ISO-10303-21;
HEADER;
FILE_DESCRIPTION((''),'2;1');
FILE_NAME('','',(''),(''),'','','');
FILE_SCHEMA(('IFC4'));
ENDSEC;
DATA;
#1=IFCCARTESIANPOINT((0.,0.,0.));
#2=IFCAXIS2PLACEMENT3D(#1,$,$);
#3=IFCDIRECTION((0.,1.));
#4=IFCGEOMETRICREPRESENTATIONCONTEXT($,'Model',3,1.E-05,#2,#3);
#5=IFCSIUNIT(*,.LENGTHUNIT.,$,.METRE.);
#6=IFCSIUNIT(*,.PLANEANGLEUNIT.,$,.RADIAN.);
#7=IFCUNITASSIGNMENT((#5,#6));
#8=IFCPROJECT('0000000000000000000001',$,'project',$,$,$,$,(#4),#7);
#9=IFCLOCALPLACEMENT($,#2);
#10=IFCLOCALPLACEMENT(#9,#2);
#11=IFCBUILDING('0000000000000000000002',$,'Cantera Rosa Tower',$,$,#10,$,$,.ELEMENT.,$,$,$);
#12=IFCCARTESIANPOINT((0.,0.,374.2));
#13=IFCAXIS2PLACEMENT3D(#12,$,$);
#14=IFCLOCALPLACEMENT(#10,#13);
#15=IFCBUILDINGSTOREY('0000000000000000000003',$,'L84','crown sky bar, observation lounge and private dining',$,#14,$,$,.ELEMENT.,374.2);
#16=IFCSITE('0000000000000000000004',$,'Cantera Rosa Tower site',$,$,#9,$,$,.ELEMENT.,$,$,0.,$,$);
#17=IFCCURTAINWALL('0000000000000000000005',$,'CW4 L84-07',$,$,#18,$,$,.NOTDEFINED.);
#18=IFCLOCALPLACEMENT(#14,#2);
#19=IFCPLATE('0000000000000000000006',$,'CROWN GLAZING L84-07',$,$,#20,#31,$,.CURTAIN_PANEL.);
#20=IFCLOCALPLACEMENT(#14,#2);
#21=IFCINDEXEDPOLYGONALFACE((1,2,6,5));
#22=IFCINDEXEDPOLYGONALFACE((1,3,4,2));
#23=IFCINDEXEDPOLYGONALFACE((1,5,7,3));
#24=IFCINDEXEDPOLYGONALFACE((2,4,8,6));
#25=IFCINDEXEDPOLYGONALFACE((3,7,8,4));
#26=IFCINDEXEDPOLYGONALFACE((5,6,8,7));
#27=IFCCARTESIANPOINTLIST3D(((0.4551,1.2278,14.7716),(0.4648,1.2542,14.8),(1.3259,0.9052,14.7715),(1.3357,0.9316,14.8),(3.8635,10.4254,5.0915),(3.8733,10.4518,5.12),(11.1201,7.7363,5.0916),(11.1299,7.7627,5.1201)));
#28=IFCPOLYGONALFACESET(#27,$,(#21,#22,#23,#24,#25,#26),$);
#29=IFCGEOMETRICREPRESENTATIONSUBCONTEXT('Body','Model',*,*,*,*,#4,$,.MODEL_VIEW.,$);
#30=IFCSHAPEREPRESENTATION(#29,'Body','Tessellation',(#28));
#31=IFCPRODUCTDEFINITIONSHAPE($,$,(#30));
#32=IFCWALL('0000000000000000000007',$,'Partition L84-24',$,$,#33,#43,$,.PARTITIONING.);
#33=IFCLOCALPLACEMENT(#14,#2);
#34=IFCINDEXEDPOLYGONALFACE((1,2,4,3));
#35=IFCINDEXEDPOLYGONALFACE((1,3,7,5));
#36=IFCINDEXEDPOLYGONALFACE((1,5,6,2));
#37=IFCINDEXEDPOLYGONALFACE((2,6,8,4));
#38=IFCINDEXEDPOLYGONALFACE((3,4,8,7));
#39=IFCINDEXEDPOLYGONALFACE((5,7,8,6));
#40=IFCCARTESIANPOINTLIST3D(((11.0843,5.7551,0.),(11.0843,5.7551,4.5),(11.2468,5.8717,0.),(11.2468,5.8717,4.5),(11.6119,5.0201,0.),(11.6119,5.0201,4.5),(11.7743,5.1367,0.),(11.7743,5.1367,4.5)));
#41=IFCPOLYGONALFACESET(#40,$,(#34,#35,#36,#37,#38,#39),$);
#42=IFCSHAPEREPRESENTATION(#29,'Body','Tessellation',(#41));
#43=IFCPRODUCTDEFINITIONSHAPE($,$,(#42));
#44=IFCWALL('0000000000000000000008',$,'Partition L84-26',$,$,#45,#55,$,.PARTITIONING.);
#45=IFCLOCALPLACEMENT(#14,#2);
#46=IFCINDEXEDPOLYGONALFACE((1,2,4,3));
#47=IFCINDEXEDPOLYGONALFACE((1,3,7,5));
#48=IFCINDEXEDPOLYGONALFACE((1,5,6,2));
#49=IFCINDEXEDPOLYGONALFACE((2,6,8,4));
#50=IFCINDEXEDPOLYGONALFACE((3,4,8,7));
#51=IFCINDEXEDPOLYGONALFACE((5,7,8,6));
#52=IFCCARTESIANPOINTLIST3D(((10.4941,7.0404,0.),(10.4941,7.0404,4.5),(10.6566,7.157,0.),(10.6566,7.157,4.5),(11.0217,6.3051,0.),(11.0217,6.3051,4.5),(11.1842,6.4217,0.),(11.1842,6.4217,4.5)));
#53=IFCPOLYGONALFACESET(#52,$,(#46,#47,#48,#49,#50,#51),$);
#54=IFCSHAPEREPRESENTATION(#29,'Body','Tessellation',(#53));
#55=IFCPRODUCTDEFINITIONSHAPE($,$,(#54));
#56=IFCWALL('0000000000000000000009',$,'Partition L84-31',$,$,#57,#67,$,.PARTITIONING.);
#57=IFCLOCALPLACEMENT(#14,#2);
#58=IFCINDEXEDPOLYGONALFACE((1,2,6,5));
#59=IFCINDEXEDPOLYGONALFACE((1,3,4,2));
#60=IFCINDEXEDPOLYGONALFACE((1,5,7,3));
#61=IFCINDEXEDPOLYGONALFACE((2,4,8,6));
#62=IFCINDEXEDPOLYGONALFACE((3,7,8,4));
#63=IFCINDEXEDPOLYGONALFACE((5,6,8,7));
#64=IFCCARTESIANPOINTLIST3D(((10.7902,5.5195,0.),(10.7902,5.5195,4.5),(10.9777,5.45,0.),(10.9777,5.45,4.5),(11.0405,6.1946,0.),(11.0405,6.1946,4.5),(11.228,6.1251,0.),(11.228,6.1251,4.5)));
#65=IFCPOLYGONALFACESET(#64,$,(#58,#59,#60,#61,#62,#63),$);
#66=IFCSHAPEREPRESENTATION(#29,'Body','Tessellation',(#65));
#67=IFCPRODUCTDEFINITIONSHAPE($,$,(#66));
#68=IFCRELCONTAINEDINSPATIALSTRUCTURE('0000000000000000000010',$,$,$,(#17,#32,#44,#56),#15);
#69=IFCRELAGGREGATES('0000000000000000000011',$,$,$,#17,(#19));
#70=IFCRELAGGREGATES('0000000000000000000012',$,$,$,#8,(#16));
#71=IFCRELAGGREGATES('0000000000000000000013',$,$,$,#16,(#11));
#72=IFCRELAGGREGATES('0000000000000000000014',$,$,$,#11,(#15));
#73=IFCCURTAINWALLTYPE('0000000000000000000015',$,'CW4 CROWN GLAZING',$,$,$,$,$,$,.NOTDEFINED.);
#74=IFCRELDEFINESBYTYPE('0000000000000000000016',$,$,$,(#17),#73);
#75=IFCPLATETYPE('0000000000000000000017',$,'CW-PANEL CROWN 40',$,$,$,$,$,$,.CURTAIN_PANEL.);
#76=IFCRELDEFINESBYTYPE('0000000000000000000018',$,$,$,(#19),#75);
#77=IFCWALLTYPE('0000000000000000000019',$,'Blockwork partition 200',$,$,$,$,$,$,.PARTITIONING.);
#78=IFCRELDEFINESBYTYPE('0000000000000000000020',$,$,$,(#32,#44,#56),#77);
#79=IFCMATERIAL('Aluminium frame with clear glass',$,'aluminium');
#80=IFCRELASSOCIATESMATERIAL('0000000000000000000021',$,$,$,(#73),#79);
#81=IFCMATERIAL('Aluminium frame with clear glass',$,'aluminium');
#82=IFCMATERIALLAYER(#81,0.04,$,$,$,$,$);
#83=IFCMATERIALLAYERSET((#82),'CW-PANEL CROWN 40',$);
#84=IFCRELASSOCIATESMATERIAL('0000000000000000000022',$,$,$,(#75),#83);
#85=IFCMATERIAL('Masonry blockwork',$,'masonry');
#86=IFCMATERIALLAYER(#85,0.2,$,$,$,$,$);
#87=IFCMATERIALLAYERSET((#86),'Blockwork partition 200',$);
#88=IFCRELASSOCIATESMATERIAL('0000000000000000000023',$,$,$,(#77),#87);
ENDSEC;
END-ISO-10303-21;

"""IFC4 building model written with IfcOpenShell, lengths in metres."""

from ifc_helpers import new_model, si_unit, direction, frame, frame_2d, origin, place, context, subcontext, project, spatial, polyline, rectangle, outline, extrude, material, layer, layer_set, type_object, element, aggregate, save


model = new_model("IFC4")

# Units and contexts
model_context = context("Model", 3, precision=1e-05, world=origin(), true_north=direction((0.0, 1.0)))
body_context = subcontext(model_context, "Body", "Model", "MODEL_VIEW")
ifc_project = project(units=[si_unit("LENGTHUNIT", "METRE"), si_unit("PLANEANGLEUNIT", "RADIAN")], contexts=[model_context])

# Site, building, storey
site_placement = place(None, origin())
site = spatial("IfcSite", under=ifc_project, at=site_placement, Name="Cantera Rosa Tower site", CompositionType="ELEMENT", RefElevation=0.0)
building_placement = place(site_placement, origin())
building = spatial("IfcBuilding", under=site, at=building_placement, Name="Cantera Rosa Tower", CompositionType="ELEMENT")
storey_placement = place(building_placement, frame((0.0, 0.0, 374.2)))
storey = spatial("IfcBuildingStorey", under=building, at=storey_placement, Name="L84", Description="crown sky bar, observation lounge and private dining", CompositionType="ELEMENT", Elevation=374.2)

# Shared definitions
ifc_material_1 = material(Name="Aluminium frame with clear glass", Category="aluminium")
curtain_wall_type = type_object("IfcCurtainWallType", Name="CW4 CROWN GLAZING", PredefinedType="NOTDEFINED", material=ifc_material_1)

# Shared definitions
ifc_material_2 = material(Name="Aluminium frame with clear glass", Category="aluminium")
ifc_layer_1 = layer(ifc_material_2, 0.04)
ifc_layer_set_1 = layer_set([ifc_layer_1], Name="CW-PANEL CROWN 40")
plate_type = type_object("IfcPlateType", Name="CW-PANEL CROWN 40", PredefinedType="CURTAIN_PANEL", material=ifc_layer_set_1)

# Curtain wall, plate
curtain_wall_1_placement = place(storey_placement, origin())
curtain_wall_1 = element("IfcCurtainWall", 1, at=curtain_wall_1_placement, inside=storey, type_object=curtain_wall_type, Name="CW4 L84-07", PredefinedType="NOTDEFINED")
plate_1_placement = place(storey_placement, frame((11.1299, 7.7627, 5.1201), z_axis=(0.24407, 0.658648, 0.711767), x_axis=(-0.937686, 0.347483, -0.000012)))
plate_1 = element("IfcPlate", 2, at=plate_1_placement, type_object=plate_type, Name="CROWN GLAZING L84-07", PredefinedType="CURTAIN_PANEL", context=body_context, shape_type="SweptSolid", body=[
    extrude(outline(polyline([(0.0, 0.0), (7.7389, 0.0), (7.7387, 13.781), (6.8101, 13.7809), (0.0, 0.0)])), origin(), (0.0, 0.0, -1.0), 0.04),
])
aggregate(curtain_wall_1, [plate_1])

# Walls
ifc_material_3 = material(Name="Masonry blockwork", Category="masonry")
ifc_layer_2 = layer(ifc_material_3, 0.2)
ifc_layer_set_2 = layer_set([ifc_layer_2], Name="Blockwork partition 200")
wall_type = type_object("IfcWallType", Name="Blockwork partition 200", PredefinedType="PARTITIONING", material=ifc_layer_set_2)
wall_1_placement = place(storey_placement, frame((11.6931, 5.0784, 0.0), z_axis=(0.0, 0.0, 1.0), x_axis=(-0.583074, 0.812419, 0.0)))
element("IfcWall", 3, at=wall_1_placement, inside=storey, type_object=wall_type, Name="Partition L84-24", PredefinedType="PARTITIONING", context=body_context, shape_type="SweptSolid", body=[
    extrude(rectangle(XDim=0.9048, YDim=0.2, at=frame_2d((0.4524, 0.0))), origin(), (0.0, 0.0, 1.0), 4.5),
])
wall_2_placement = place(storey_placement, frame((11.103, 6.3633, 0.0), z_axis=(0.0, 0.0, 1.0), x_axis=(-0.582947, 0.81251, 0.0)))
element("IfcWall", 4, at=wall_2_placement, inside=storey, type_object=wall_type, Name="Partition L84-26", PredefinedType="PARTITIONING", context=body_context, shape_type="SweptSolid", body=[
    extrude(rectangle(XDim=0.905, YDim=0.2, at=frame_2d((0.4526, 0.0))), origin(), (0.0, 0.0, 1.0), 4.5),
])
wall_3_placement = place(storey_placement, frame((10.884, 5.4849, 0.0), z_axis=(0.0, 0.0, 1.0), x_axis=(0.34759, 0.937646, 0.0)))
element("IfcWall", 5, at=wall_3_placement, inside=storey, type_object=wall_type, Name="Partition L84-31", PredefinedType="PARTITIONING", context=body_context, shape_type="SweptSolid", body=[
    extrude(rectangle(XDim=0.72, YDim=0.2, at=frame_2d((0.3599, 0.0))), origin(), (0.0, 0.0, 1.0), 4.5),
])

save(model, "model.ifc")
